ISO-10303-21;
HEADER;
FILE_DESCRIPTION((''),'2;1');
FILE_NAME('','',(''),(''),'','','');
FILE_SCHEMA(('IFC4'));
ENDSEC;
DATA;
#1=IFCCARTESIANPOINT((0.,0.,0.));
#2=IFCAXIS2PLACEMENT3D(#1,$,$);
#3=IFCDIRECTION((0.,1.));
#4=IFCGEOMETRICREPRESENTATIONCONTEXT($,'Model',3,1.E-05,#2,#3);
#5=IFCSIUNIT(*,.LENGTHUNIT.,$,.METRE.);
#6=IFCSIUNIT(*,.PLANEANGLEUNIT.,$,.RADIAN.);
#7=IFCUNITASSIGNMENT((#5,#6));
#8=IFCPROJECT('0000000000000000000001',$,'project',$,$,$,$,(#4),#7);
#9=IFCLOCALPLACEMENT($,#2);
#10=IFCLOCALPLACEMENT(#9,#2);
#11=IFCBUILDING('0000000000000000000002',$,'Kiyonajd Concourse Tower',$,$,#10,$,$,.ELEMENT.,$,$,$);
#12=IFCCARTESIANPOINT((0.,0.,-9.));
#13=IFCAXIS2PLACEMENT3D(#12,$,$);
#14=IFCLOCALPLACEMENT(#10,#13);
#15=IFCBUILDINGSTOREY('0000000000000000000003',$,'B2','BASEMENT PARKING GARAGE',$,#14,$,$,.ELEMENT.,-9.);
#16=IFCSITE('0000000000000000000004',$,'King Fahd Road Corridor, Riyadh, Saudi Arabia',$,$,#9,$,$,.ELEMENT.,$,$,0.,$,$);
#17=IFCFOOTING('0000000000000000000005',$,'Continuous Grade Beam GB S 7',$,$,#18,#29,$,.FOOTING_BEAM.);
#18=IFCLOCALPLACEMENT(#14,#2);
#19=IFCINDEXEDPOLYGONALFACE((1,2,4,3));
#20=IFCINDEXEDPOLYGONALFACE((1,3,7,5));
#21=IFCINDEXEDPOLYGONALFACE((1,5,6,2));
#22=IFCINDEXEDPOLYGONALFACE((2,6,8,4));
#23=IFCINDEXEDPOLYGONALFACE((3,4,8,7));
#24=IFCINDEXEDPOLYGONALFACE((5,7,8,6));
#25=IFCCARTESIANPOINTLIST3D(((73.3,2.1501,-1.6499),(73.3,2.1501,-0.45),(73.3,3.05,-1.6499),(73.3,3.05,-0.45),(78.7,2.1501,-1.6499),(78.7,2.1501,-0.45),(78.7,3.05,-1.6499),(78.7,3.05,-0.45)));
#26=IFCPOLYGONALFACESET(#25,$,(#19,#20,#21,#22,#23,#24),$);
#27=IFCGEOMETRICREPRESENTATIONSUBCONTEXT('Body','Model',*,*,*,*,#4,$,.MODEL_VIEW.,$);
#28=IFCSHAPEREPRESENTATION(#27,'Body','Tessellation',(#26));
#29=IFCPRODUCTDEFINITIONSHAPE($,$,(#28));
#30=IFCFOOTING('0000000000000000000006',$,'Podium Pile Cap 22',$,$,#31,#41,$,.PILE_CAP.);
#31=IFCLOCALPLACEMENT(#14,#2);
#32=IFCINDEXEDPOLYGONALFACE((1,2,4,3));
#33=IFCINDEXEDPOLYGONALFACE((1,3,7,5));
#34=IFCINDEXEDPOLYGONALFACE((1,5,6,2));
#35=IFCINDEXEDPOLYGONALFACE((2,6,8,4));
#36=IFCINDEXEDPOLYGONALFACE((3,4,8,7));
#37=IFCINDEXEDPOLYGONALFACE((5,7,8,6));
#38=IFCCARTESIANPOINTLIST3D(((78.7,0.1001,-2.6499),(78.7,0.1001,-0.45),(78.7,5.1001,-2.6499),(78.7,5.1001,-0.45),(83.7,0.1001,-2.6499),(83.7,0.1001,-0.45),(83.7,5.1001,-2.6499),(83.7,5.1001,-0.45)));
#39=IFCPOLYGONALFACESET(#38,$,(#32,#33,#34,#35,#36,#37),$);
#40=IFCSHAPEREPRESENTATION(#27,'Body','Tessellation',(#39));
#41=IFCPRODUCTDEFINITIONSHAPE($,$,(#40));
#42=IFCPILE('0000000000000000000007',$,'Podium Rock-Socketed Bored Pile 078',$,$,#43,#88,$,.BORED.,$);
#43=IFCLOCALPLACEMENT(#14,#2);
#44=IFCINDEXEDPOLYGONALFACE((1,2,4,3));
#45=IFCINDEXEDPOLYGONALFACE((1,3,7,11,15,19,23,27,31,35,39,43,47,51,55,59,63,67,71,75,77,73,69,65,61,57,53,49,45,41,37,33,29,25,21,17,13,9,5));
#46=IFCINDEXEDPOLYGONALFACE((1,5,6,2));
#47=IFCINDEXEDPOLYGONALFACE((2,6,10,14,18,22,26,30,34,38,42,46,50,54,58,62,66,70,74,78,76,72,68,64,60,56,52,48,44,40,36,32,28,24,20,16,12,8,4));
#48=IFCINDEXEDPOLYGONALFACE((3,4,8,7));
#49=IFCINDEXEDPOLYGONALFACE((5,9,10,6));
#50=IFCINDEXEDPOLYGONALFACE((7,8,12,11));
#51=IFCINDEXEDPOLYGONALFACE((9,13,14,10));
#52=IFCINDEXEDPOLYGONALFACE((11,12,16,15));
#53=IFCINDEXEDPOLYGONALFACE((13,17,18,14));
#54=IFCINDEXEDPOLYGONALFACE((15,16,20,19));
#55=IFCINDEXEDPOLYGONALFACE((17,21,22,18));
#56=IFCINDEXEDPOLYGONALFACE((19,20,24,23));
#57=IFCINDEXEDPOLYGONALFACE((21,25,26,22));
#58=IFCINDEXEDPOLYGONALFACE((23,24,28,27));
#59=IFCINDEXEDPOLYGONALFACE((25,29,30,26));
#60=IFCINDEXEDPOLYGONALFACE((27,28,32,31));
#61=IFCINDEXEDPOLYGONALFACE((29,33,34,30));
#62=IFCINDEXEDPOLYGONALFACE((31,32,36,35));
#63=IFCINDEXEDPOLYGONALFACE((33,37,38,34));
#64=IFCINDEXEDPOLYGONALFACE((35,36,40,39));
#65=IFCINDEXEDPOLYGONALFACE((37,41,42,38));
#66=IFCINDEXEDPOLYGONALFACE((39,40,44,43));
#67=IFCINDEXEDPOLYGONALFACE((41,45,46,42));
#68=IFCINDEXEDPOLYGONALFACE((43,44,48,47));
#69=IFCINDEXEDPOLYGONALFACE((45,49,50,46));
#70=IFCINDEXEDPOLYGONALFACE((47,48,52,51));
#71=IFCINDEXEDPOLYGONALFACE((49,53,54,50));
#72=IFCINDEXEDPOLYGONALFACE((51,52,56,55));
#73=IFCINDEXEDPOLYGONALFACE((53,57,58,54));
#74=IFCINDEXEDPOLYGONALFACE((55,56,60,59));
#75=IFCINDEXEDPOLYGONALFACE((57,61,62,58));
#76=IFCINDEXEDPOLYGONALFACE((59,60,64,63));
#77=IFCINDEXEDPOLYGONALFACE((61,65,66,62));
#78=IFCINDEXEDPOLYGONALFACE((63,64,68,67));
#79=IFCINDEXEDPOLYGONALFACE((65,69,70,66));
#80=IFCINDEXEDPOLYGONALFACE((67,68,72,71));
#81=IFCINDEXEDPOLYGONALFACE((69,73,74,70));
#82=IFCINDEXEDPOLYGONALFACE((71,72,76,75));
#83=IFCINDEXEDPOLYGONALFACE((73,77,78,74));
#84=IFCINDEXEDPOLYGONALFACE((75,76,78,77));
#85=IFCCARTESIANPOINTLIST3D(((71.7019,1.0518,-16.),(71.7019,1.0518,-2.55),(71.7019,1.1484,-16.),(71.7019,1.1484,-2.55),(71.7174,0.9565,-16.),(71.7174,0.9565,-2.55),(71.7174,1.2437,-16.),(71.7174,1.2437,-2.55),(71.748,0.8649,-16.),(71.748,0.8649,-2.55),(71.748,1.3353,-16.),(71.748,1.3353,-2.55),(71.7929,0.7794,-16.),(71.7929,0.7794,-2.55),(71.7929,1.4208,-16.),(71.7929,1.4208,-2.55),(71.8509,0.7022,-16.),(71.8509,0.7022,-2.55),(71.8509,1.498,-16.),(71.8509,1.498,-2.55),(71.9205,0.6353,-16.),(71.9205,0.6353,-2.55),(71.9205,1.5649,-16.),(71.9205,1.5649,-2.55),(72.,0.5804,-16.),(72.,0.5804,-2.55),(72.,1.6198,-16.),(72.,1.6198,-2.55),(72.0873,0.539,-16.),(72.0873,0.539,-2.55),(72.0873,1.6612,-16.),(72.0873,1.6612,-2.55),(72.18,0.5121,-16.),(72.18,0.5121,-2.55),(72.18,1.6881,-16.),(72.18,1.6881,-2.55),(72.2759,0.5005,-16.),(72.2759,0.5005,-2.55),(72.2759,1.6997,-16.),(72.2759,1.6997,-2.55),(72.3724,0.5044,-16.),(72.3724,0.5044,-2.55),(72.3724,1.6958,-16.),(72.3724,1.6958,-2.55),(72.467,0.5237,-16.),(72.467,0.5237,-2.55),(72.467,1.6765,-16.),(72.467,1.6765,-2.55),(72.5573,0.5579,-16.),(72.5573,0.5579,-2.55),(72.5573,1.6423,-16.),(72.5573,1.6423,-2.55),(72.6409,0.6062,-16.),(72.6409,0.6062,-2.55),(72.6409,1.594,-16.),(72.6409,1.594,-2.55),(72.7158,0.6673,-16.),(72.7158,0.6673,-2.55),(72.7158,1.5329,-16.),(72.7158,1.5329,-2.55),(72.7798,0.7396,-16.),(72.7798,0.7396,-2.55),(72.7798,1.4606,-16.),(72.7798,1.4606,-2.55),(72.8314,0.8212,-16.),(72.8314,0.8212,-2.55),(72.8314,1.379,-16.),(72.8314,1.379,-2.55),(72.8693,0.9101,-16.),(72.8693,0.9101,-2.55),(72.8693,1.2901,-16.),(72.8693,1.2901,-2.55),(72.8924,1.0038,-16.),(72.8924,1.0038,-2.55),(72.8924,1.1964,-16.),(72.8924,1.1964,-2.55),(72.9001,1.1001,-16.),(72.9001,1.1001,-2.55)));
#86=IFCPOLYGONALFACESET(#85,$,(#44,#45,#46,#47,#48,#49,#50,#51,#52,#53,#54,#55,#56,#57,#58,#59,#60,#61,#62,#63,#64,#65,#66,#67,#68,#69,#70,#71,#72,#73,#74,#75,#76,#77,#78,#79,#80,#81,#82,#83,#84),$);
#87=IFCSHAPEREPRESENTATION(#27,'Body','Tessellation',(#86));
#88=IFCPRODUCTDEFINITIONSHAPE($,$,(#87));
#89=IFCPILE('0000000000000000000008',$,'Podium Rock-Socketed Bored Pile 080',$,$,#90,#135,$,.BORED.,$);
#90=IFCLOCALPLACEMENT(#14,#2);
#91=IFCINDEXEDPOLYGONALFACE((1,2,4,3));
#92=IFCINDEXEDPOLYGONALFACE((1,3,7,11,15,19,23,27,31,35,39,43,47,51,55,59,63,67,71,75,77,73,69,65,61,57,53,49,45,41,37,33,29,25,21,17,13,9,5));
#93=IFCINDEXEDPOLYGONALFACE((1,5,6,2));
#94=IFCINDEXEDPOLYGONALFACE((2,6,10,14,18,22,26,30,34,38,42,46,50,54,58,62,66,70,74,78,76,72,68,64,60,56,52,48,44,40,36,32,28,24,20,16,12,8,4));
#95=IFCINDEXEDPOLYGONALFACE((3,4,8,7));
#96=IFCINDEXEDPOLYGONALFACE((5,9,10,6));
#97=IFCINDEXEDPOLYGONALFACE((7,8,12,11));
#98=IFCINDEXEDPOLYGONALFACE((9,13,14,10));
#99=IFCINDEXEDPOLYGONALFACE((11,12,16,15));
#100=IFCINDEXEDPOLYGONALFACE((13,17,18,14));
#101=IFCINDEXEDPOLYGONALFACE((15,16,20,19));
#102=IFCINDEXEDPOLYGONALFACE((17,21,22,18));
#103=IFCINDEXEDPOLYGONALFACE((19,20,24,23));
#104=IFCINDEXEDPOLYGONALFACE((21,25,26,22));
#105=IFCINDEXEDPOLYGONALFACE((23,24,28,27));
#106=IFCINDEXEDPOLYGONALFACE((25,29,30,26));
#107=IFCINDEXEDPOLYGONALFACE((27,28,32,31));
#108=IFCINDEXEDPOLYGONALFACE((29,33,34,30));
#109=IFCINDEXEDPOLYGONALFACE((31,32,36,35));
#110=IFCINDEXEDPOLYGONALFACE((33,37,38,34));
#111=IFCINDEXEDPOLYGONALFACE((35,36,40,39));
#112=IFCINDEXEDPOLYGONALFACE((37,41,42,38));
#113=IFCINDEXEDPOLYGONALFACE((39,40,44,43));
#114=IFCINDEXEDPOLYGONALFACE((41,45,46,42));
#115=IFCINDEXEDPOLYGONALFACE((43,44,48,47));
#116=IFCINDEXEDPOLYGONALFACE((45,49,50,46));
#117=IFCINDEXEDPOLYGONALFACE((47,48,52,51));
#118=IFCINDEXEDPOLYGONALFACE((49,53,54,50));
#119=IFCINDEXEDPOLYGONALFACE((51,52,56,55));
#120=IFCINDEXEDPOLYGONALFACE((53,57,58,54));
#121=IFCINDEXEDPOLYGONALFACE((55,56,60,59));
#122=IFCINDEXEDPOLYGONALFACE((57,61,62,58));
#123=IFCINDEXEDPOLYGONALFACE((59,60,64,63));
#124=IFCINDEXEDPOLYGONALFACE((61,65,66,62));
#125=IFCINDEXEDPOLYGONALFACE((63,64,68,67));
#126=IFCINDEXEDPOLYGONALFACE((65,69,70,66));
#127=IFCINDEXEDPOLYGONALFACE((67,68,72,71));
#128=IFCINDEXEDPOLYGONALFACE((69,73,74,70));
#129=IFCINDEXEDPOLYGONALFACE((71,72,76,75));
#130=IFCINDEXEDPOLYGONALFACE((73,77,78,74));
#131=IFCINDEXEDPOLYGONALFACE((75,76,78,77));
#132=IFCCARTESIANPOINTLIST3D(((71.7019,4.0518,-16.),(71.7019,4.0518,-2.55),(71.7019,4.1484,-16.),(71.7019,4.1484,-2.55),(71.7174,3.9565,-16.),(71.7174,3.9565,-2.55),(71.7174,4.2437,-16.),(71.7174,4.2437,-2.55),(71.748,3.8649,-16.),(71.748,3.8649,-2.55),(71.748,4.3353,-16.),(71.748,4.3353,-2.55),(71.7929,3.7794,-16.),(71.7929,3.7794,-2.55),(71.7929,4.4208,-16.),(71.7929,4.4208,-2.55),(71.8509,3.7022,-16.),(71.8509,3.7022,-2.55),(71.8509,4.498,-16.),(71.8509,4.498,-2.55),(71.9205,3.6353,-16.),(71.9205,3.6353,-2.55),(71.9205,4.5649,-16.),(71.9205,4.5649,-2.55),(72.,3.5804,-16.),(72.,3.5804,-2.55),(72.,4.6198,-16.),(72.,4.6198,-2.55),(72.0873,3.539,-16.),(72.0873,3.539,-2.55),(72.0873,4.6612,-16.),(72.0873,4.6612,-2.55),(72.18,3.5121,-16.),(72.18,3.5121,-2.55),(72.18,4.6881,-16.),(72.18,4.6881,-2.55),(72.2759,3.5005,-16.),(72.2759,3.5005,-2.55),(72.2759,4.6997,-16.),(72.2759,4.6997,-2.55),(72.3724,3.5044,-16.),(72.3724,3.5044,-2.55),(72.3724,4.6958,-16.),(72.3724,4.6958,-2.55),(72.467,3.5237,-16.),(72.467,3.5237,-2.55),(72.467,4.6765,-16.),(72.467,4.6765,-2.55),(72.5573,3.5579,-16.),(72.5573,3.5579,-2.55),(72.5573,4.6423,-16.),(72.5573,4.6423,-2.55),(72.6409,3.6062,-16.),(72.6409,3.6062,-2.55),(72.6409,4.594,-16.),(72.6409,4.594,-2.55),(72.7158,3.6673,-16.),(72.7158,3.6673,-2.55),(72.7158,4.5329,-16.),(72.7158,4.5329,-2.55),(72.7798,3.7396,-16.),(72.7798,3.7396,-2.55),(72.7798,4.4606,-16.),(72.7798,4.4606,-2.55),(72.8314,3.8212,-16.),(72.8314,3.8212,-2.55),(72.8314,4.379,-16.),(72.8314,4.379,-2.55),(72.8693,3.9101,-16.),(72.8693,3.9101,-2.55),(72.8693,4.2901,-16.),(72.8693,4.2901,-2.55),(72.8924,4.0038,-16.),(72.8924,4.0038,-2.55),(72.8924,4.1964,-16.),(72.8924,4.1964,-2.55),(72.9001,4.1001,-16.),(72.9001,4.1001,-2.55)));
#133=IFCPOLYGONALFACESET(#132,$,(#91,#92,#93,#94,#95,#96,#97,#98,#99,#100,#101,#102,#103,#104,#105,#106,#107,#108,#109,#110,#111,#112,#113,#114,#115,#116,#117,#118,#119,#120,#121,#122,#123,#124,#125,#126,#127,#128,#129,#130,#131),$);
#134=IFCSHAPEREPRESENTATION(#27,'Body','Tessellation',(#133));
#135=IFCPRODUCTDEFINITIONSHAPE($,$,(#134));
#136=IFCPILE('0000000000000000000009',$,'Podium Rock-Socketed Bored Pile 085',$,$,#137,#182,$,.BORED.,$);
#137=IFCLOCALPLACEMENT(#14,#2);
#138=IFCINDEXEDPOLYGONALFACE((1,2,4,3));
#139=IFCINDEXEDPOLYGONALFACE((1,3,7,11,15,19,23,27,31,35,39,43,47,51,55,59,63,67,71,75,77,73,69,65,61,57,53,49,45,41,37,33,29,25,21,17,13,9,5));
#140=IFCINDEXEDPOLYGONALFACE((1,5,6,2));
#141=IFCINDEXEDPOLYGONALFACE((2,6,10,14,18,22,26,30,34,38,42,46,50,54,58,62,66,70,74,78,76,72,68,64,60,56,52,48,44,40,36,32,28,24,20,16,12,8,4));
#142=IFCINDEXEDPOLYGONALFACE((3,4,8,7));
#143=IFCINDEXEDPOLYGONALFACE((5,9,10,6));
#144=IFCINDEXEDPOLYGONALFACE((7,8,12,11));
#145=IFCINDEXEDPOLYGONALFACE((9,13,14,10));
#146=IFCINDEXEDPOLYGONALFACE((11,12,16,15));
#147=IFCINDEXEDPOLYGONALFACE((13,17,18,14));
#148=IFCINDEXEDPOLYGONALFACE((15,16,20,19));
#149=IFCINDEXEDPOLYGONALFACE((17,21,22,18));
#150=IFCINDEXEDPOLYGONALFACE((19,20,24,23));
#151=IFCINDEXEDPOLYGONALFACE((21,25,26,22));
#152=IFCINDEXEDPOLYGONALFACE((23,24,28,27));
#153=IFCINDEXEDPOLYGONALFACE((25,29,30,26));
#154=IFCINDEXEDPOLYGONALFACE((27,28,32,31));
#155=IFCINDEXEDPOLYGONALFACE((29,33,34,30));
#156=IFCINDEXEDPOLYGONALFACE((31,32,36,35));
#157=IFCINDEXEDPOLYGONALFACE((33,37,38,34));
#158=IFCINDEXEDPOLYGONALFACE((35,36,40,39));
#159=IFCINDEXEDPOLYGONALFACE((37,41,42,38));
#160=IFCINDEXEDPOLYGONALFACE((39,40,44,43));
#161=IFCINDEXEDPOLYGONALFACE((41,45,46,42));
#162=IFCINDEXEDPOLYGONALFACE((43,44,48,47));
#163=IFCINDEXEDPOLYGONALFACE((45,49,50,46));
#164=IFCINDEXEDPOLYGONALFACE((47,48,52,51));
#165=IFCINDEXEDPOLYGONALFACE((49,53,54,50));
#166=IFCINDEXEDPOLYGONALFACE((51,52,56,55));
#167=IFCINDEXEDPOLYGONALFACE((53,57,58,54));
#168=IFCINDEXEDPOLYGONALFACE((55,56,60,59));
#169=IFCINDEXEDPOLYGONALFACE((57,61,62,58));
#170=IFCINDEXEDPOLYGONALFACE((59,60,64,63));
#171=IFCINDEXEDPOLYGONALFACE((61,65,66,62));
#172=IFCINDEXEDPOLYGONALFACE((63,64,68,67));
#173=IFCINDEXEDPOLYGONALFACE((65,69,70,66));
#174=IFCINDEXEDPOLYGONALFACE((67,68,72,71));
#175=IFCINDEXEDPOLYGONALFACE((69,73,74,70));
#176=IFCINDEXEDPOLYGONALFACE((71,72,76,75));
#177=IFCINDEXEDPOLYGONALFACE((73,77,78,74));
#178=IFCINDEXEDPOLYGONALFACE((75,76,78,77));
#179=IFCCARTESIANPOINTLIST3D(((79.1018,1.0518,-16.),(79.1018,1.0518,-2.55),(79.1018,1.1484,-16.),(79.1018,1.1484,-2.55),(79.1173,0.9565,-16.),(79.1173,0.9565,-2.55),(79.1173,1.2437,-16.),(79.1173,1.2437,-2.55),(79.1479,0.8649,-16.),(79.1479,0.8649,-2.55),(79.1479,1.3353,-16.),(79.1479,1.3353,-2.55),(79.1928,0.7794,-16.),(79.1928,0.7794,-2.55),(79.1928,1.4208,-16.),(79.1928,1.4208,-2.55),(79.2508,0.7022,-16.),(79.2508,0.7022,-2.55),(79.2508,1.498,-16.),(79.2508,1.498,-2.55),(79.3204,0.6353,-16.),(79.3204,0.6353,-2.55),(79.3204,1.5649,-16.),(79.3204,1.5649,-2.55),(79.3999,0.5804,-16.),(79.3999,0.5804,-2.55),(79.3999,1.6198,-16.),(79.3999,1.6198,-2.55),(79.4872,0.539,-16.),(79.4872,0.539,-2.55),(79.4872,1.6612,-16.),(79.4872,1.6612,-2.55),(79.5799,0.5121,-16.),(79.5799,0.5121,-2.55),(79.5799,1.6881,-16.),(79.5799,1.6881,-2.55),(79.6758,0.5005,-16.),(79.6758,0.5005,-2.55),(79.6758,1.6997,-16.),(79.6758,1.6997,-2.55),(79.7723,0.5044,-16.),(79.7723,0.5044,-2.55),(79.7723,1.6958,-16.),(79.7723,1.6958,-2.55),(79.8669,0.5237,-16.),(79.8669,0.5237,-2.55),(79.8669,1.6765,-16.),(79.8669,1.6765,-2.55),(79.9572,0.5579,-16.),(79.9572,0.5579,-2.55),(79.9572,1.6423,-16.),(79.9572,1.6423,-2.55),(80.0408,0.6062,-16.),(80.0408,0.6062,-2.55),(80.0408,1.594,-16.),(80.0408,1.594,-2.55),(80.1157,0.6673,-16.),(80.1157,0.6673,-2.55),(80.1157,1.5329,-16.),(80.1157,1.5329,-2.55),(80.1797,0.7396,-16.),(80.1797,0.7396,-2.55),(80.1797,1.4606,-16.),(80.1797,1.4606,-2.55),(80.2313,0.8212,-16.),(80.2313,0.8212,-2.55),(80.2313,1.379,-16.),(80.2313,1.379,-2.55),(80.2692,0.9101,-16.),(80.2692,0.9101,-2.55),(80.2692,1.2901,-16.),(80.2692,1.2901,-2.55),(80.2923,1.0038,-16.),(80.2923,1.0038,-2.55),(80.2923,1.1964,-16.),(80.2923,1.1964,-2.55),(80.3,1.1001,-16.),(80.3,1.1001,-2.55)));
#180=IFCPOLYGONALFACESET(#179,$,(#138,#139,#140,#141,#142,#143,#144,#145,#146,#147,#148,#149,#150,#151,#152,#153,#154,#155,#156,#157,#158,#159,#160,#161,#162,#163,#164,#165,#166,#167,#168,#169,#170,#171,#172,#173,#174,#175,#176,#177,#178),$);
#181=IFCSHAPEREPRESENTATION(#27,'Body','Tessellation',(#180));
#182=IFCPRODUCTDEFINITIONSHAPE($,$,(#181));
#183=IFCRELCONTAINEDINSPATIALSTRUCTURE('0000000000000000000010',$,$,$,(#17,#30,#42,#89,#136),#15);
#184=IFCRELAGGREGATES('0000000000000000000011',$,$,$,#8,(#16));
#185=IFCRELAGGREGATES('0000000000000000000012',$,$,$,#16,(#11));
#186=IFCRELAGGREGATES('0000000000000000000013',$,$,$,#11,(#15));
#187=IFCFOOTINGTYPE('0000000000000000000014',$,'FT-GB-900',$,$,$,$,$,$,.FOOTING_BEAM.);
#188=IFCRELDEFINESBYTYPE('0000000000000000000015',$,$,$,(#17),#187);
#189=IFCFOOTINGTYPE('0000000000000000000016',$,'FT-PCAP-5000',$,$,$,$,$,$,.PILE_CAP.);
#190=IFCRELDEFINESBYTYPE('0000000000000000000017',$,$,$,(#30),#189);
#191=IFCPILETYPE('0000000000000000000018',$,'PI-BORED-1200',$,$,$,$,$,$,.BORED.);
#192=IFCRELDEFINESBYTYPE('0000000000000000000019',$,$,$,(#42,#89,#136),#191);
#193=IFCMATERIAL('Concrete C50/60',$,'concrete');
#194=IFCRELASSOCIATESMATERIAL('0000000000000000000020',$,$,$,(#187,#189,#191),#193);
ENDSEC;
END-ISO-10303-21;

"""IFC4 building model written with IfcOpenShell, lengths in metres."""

from ifc_helpers import new_model, si_unit, direction, frame, origin, origin_2d, place, context, subcontext, project, spatial, rectangle, circle, extrude, material, material_profile, profile_set, type_object, element, save


model = new_model("IFC4")

# Units and contexts
model_context = context("Model", 3, precision=1e-05, world=origin(), true_north=direction((0.0, 1.0)))
body_context = subcontext(model_context, "Body", "Model", "MODEL_VIEW")
ifc_project = project(units=[si_unit("LENGTHUNIT", "METRE"), si_unit("PLANEANGLEUNIT", "RADIAN")], contexts=[model_context])

# Site, building, storey
site_placement = place(None, origin())
site = spatial("IfcSite", under=ifc_project, at=site_placement, Name="King Fahd Road Corridor, Riyadh, Saudi Arabia", CompositionType="ELEMENT", RefElevation=0.0)
building_placement = place(site_placement, origin())
building = spatial("IfcBuilding", under=site, at=building_placement, Name="Kiyonajd Concourse Tower", CompositionType="ELEMENT")
storey_placement = place(building_placement, frame((0.0, 0.0, -9.0)))
storey = spatial("IfcBuildingStorey", under=building, at=storey_placement, Name="B2", Description="BASEMENT PARKING GARAGE", CompositionType="ELEMENT", Elevation=-9.0)

# Footings
ifc_material_1 = material(Name="Concrete C50/60", Category="concrete")
footing_type_1 = type_object("IfcFootingType", Name="FT-GB-900", PredefinedType="FOOTING_BEAM", material=ifc_material_1)
footing_1_placement = place(storey_placement, frame((76.0, 2.6001, -1.6499), z_axis=(0.0, 0.0, 1.0), x_axis=(1.0, 0.0, 0.0)))
element("IfcFooting", 1, at=footing_1_placement, inside=storey, type_object=footing_type_1, Name="Continuous Grade Beam GB S 7", PredefinedType="FOOTING_BEAM", context=body_context, shape_type="SweptSolid", body=[
    extrude(rectangle(XDim=5.3999, YDim=0.8999, at=origin_2d()), origin(), (0.0, 0.0, 1.0), 1.2),
])
footing_type_2 = type_object("IfcFootingType", Name="FT-PCAP-5000", PredefinedType="PILE_CAP", material=ifc_material_1)
footing_2_placement = place(storey_placement, frame((81.2, 2.6001, -2.6499), z_axis=(0.0, 0.0, 1.0), x_axis=(1.0, 0.0, 0.0)))
element("IfcFooting", 2, at=footing_2_placement, inside=storey, type_object=footing_type_2, Name="Podium Pile Cap 22", PredefinedType="PILE_CAP", context=body_context, shape_type="SweptSolid", body=[
    extrude(rectangle(XDim=5.0, YDim=5.0, at=origin_2d()), origin(), (0.0, 0.0, 1.0), 2.2),
])

# Piles
ifc_material_profile_1 = material_profile(ifc_material_1, circle(Radius=0.6001, at=origin_2d()), Name="PILE-D1200")
ifc_profile_set_1 = profile_set([ifc_material_profile_1], Name="Concrete C50/60")
pile_type_1 = type_object("IfcPileType", Name="PI-BORED-1200", PredefinedType="BORED", material=ifc_profile_set_1)
for number, where, z_axis, x_axis, name in (
    (3, (72.3, 1.1001, -2.55), (0.0, 0.0, -1.0), (1.0, 0.0, 0.0), "Podium Rock-Socketed Bored Pile 078"),
    (4, (72.3, 4.1001, -2.55), (0.0, 0.0, -1.0), (1.0, 0.0, 0.0), "Podium Rock-Socketed Bored Pile 080"),
    (5, (79.7, 1.1001, -2.55), (0.0, 0.0, -1.0), (1.0, 0.0, 0.0), "Podium Rock-Socketed Bored Pile 085"),
):
    element("IfcPile", number, at=place(storey_placement, frame(where, z_axis=z_axis, x_axis=x_axis)), inside=storey, type_object=pile_type_1, Name=name, PredefinedType="BORED", context=body_context, shape_type="SweptSolid", body=[
        extrude(circle(Radius=0.6001, at=origin_2d()), origin(), (0.0, 0.0, 1.0), 13.45),
    ])

save(model, "model.ifc")
